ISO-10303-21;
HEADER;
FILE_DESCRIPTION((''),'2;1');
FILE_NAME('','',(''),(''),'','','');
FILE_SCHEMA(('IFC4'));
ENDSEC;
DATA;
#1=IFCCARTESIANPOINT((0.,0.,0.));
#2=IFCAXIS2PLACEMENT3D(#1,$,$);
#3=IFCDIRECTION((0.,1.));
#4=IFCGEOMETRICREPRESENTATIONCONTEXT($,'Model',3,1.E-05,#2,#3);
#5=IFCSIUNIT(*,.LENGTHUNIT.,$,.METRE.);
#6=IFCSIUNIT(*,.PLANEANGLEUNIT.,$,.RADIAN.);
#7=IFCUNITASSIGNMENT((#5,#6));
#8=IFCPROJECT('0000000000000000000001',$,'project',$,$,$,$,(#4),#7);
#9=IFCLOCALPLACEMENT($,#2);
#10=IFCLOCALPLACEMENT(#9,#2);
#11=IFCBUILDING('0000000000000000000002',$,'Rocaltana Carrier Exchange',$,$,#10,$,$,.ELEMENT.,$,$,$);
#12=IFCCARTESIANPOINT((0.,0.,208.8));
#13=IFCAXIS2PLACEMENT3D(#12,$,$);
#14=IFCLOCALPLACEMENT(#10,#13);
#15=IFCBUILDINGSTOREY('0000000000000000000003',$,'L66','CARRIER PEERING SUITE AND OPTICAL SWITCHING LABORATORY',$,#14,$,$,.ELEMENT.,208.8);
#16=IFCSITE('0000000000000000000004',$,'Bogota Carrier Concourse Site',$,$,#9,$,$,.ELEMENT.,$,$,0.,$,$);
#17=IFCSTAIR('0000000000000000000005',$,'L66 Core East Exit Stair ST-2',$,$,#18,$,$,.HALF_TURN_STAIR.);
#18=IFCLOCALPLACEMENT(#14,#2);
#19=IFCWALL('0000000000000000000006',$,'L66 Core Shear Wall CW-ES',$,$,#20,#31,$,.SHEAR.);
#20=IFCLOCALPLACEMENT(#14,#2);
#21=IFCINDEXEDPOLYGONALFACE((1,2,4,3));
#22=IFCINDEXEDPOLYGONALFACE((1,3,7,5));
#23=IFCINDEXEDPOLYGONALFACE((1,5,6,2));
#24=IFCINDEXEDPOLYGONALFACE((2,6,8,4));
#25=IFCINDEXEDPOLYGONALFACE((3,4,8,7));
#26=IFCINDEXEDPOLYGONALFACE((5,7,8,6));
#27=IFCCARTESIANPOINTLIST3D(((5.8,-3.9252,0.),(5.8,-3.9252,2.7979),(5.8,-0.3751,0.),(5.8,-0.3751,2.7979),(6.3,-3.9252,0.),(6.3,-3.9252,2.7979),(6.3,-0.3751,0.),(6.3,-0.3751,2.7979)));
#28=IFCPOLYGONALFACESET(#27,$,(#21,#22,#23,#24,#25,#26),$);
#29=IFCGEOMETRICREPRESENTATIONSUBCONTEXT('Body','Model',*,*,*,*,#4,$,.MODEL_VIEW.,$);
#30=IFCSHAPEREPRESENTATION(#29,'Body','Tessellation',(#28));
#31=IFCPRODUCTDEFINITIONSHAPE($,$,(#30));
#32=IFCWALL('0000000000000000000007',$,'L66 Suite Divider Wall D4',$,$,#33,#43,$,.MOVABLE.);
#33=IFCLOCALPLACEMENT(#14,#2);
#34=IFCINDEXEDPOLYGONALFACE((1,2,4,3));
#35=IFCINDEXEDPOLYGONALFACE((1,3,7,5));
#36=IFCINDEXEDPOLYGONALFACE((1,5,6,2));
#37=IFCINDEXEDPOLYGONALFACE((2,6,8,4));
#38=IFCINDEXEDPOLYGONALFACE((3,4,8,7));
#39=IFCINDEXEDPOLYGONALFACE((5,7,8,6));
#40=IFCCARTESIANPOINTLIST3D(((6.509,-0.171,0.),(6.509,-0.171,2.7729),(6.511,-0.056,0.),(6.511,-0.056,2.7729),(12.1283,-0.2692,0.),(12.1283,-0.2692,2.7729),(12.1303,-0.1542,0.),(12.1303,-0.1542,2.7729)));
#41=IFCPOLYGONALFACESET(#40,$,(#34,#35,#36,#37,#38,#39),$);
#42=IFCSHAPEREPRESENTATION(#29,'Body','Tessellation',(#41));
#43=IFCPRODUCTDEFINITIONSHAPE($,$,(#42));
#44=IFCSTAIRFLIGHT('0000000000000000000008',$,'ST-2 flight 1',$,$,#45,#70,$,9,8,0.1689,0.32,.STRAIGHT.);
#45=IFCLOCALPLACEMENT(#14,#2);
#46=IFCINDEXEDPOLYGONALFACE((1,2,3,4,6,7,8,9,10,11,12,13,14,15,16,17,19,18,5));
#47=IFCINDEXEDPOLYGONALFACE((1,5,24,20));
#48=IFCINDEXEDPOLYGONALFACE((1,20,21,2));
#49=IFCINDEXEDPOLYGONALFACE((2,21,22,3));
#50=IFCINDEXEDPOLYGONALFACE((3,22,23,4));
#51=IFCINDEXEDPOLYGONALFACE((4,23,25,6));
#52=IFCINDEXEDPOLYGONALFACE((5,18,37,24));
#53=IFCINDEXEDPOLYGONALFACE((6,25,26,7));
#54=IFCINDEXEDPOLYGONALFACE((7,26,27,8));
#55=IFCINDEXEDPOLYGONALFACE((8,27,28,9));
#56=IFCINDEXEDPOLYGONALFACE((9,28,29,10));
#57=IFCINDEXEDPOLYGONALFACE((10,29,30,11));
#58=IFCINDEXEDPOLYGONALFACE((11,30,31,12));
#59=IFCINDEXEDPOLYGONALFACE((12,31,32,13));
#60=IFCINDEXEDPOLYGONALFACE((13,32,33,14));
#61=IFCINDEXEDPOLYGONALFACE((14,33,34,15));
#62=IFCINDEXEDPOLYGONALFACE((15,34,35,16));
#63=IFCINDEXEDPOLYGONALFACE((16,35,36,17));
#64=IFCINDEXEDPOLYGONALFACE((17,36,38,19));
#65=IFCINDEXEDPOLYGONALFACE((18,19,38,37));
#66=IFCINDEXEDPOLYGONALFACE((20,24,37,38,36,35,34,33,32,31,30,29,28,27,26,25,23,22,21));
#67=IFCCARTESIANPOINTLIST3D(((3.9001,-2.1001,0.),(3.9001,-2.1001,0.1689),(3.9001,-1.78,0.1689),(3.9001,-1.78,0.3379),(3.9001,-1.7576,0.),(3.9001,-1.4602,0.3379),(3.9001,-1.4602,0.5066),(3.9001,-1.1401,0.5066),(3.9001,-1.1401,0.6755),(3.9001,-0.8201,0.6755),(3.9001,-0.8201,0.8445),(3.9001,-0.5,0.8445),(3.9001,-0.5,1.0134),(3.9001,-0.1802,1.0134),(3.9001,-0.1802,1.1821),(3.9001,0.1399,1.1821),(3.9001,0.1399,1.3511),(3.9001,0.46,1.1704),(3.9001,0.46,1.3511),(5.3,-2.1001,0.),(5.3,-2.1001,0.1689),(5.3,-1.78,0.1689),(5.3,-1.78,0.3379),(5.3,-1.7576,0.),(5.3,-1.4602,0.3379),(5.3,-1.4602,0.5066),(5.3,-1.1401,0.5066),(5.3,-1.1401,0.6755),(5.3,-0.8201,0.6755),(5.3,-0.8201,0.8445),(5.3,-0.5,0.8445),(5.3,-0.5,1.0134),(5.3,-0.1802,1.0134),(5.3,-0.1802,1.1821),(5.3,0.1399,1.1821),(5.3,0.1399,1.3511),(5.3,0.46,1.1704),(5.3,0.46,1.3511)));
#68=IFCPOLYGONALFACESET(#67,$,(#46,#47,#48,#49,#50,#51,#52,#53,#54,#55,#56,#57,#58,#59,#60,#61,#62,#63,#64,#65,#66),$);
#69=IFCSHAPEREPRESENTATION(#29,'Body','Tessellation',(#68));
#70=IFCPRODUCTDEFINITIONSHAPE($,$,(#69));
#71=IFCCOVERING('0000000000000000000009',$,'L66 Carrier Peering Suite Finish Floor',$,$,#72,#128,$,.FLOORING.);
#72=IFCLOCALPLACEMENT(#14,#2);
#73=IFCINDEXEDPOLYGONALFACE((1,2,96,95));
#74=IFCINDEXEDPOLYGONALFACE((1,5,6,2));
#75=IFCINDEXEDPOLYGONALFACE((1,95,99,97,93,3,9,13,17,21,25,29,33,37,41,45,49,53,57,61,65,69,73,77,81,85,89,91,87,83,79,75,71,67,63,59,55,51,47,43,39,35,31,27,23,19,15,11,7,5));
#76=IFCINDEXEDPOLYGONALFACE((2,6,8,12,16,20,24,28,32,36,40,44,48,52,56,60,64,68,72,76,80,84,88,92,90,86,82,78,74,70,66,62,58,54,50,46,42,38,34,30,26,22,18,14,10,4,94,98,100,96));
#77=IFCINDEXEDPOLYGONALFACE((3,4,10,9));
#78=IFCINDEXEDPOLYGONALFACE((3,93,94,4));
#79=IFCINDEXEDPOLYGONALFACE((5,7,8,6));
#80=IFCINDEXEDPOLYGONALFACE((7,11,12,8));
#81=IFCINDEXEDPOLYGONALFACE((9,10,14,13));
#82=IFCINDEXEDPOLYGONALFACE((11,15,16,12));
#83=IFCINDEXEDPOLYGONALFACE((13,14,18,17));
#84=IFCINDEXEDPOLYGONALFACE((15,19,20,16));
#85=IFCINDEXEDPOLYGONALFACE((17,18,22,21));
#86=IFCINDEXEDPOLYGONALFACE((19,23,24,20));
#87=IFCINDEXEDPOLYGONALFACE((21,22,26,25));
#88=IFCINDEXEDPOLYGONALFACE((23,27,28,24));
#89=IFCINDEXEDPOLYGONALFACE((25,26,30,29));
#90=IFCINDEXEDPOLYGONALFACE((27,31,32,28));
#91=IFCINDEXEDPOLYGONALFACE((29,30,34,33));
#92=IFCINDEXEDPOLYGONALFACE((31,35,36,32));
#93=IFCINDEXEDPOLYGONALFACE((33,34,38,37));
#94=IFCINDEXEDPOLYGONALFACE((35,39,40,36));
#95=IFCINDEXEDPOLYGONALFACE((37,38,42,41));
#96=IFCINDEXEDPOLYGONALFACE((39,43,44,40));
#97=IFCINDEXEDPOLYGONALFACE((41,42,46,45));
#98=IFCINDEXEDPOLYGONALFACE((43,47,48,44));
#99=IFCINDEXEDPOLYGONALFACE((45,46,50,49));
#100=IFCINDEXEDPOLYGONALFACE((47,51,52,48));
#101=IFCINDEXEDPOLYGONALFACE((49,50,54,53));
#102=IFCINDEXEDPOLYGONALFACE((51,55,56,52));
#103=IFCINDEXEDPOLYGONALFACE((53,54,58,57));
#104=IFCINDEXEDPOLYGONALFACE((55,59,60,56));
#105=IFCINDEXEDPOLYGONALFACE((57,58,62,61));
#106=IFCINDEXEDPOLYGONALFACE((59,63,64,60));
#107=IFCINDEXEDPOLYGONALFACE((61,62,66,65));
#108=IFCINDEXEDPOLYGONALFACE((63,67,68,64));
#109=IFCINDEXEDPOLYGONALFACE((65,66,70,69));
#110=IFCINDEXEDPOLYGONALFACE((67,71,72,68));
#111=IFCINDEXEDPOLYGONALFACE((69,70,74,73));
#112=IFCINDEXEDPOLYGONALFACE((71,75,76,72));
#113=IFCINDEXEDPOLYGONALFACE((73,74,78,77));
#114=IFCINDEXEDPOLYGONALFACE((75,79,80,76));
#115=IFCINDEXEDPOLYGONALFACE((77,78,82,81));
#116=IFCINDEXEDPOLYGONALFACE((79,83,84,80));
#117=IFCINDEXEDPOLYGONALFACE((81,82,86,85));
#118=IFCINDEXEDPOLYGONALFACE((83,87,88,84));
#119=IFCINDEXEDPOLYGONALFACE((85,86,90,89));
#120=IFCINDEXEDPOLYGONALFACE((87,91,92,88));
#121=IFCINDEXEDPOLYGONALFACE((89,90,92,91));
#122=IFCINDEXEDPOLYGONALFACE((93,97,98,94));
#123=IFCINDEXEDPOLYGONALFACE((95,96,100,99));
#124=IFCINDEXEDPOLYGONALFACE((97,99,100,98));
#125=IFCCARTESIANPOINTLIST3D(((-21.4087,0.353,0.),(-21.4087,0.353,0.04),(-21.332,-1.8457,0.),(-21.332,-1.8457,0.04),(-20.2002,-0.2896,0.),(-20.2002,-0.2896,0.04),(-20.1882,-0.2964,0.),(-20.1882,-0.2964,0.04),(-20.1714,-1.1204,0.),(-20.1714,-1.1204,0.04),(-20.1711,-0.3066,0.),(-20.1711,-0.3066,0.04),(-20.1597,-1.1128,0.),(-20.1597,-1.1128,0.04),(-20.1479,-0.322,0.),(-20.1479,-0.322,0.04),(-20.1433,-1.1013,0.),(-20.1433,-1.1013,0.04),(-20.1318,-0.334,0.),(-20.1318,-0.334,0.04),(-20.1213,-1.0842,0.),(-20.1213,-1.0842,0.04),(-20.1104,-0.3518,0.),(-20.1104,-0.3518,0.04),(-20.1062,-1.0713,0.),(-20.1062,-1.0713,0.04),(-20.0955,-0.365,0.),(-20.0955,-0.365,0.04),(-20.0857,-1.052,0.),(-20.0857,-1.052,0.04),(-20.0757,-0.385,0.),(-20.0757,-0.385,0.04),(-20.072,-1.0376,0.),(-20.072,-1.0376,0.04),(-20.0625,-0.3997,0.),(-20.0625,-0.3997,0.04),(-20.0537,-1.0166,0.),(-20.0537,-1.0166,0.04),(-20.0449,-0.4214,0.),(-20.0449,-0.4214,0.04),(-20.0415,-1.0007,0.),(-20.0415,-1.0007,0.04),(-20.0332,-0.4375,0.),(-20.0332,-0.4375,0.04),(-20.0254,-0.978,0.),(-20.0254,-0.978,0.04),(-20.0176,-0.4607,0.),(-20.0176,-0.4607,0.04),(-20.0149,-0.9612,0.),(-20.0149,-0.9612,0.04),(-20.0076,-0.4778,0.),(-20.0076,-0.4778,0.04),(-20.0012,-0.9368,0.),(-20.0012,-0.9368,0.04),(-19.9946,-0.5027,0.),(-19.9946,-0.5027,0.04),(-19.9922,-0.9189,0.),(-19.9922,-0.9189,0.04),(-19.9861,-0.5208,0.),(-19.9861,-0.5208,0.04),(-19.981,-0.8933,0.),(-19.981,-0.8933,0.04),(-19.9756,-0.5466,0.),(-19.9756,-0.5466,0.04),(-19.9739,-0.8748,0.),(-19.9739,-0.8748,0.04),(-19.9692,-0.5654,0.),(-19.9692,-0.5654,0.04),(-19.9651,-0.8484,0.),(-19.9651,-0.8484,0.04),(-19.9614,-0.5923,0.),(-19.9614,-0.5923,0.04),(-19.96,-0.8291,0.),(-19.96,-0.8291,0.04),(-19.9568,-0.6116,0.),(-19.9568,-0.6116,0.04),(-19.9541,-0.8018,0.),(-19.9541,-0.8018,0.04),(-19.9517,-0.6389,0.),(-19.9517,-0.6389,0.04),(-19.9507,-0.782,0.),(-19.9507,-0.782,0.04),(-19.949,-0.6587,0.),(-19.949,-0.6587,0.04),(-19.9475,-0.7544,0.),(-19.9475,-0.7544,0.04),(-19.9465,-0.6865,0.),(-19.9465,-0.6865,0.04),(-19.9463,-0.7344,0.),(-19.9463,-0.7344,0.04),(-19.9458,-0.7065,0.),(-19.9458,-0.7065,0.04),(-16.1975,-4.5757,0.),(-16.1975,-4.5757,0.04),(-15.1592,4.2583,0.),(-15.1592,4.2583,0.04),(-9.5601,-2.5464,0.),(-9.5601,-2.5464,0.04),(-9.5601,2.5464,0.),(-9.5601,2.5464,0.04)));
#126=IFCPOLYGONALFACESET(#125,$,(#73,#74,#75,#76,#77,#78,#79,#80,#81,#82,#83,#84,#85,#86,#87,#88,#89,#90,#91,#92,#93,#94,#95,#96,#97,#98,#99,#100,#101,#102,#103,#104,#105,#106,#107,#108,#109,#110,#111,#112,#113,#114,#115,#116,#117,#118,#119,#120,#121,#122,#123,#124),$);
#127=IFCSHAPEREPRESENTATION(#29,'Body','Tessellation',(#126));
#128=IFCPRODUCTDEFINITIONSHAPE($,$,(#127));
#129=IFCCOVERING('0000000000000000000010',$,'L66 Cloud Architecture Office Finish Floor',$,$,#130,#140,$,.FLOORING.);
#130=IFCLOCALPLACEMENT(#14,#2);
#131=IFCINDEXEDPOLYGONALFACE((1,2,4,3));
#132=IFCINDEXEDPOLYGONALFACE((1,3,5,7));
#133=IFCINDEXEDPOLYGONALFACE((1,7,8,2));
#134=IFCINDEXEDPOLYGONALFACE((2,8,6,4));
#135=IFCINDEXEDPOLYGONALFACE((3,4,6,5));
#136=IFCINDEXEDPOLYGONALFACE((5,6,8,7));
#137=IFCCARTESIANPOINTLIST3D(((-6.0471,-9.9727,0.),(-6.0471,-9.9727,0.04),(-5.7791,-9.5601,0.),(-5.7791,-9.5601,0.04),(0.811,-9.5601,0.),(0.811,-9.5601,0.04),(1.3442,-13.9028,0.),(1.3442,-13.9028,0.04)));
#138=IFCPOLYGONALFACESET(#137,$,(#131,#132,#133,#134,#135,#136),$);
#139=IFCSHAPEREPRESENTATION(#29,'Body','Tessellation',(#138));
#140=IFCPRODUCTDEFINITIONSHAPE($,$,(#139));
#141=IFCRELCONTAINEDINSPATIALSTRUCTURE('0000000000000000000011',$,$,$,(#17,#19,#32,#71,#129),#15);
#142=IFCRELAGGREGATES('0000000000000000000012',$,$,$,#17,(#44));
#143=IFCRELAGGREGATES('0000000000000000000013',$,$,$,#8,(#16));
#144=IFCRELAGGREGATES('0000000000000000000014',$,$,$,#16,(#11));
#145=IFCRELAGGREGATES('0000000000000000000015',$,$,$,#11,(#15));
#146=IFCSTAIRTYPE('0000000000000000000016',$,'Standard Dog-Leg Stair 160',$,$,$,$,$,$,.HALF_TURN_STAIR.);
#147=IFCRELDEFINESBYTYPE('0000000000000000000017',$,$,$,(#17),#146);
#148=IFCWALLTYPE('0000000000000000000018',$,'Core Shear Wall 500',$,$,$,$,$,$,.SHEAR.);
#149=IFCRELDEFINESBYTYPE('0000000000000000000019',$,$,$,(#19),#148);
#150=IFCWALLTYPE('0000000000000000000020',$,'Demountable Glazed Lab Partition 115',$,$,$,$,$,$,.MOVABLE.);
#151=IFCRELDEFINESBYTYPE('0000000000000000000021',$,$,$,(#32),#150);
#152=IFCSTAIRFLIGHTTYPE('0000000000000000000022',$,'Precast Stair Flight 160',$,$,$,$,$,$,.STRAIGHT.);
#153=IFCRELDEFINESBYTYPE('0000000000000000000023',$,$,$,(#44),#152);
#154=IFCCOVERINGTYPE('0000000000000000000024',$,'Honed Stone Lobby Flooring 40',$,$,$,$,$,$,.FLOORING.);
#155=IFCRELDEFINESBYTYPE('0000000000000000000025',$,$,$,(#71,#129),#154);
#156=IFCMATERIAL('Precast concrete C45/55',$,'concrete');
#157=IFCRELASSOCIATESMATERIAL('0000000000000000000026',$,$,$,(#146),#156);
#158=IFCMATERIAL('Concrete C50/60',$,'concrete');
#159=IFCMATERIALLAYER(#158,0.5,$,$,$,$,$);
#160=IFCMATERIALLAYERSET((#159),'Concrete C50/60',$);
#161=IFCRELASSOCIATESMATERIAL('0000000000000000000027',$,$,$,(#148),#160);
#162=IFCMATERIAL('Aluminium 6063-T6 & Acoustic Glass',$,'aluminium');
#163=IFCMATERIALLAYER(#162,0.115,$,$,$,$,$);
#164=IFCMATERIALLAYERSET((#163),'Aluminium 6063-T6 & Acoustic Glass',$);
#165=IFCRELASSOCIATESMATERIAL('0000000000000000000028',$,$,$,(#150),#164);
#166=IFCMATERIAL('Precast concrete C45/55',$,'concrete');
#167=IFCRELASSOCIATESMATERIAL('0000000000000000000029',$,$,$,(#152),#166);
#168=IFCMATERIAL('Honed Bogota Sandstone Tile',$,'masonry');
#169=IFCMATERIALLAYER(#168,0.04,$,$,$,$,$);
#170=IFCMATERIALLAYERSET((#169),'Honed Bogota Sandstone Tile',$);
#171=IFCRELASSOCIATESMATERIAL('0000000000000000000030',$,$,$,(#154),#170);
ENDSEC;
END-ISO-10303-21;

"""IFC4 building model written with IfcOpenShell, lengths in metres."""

from ifc_helpers import new_model, si_unit, direction, frame, frame_2d, origin, place, context, subcontext, project, spatial, polyline, rectangle, outline, extrude, material, layer, layer_set, type_object, element, aggregate, save


model = new_model("IFC4")

# Units and contexts
model_context = context("Model", 3, precision=1e-05, world=origin(), true_north=direction((0.0, 1.0)))
body_context = subcontext(model_context, "Body", "Model", "MODEL_VIEW")
ifc_project = project(units=[si_unit("LENGTHUNIT", "METRE"), si_unit("PLANEANGLEUNIT", "RADIAN")], contexts=[model_context])

# Site, building, storey
site_placement = place(None, origin())
site = spatial("IfcSite", under=ifc_project, at=site_placement, Name="Bogota Carrier Concourse Site", CompositionType="ELEMENT", RefElevation=0.0)
building_placement = place(site_placement, origin())
building = spatial("IfcBuilding", under=site, at=building_placement, Name="Rocaltana Carrier Exchange", CompositionType="ELEMENT")
storey_placement = place(building_placement, frame((0.0, 0.0, 208.8)))
storey = spatial("IfcBuildingStorey", under=building, at=storey_placement, Name="L66", Description="CARRIER PEERING SUITE AND OPTICAL SWITCHING LABORATORY", CompositionType="ELEMENT", Elevation=208.8)

# Stair
ifc_material_1 = material(Name="Precast concrete C45/55", Category="concrete")
stair_type = type_object("IfcStairType", Name="Standard Dog-Leg Stair 160", PredefinedType="HALF_TURN_STAIR", material=ifc_material_1)
stair_1_placement = place(storey_placement, origin())
stair_1 = element("IfcStair", 1, at=stair_1_placement, inside=storey, type_object=stair_type, Name="L66 Core East Exit Stair ST-2", PredefinedType="HALF_TURN_STAIR")

# Walls
ifc_material_2 = material(Name="Concrete C50/60", Category="concrete")
ifc_layer_1 = layer(ifc_material_2, 0.5)
ifc_layer_set_1 = layer_set([ifc_layer_1], Name="Concrete C50/60")
wall_type_1 = type_object("IfcWallType", Name="Core Shear Wall 500", PredefinedType="SHEAR", material=ifc_layer_set_1)
wall_1_placement = place(storey_placement, frame((6.05, -3.925, 0.0), z_axis=(0.0, 0.0, 1.0), x_axis=(0.0, 1.0, 0.0)))
element("IfcWall", 2, at=wall_1_placement, inside=storey, type_object=wall_type_1, Name="L66 Core Shear Wall CW-ES", PredefinedType="SHEAR", context=body_context, shape_type="SweptSolid", body=[
    extrude(rectangle(XDim=3.55, YDim=0.5, at=frame_2d((1.7749, 0.0))), origin(), (0.0, 0.0, 1.0), 2.7979),
])
ifc_material_3 = material(Name="Aluminium 6063-T6 & Acoustic Glass", Category="aluminium")
ifc_layer_2 = layer(ifc_material_3, 0.115)
ifc_layer_set_2 = layer_set([ifc_layer_2], Name="Aluminium 6063-T6 & Acoustic Glass")
wall_type_2 = type_object("IfcWallType", Name="Demountable Glazed Lab Partition 115", PredefinedType="MOVABLE", material=ifc_layer_set_2)
wall_2_placement = place(storey_placement, frame((6.51, -0.1135, 0.0), z_axis=(0.0, 0.0, 1.0), x_axis=(0.999848, -0.017463, 0.0)))
element("IfcWall", 3, at=wall_2_placement, inside=storey, type_object=wall_type_2, Name="L66 Suite Divider Wall D4", PredefinedType="MOVABLE", context=body_context, shape_type="SweptSolid", body=[
    extrude(rectangle(XDim=5.6201, YDim=0.115, at=frame_2d((2.8101, 0.0))), origin(), (0.0, 0.0, 1.0), 2.7729),
])

# Stair flight
ifc_material_4 = material(Name="Precast concrete C45/55", Category="concrete")
stair_flight_type = type_object("IfcStairFlightType", Name="Precast Stair Flight 160", PredefinedType="STRAIGHT", material=ifc_material_4)
stair_flight_placement = place(storey_placement, frame((4.6001, -2.1001, 0.0), z_axis=(0.0, 0.0, 1.0), x_axis=(0.0, 1.0, 0.0)))
stair_flight = element("IfcStairFlight", 4, at=stair_flight_placement, type_object=stair_flight_type, Name="ST-2 flight 1", NumberOfRisers=9, NumberOfTreads=8, PredefinedType="STRAIGHT", RiserHeight=0.1689, TreadLength=0.32, context=body_context, shape_type="SweptSolid", body=[
    extrude(outline(polyline([(0.0, 0.0), (0.0, 0.1689), (0.3201, 0.1689), (0.3201, 0.3379), (0.6399, 0.3379), (0.6399, 0.5066), (0.96, 0.5066), (0.96, 0.6755), (1.28, 0.6755), (1.28, 0.8445), (1.6001, 0.8445), (1.6001, 1.0134), (1.9199, 1.0134), (1.9199, 1.1821), (2.24, 1.1821), (2.24, 1.3511), (2.5601, 1.3511), (2.5601, 1.52), (2.5601, 1.1704), (0.3425, 0.0), (0.0, 0.0)])), frame((0.0, 0.7, 0.0), z_axis=(0.0, -1.0, 0.0), x_axis=(1.0, 0.0, 0.0)), (0.0, 0.0, 1.0), 1.3999),
])
aggregate(stair_1, [stair_flight])

# Coverings
ifc_material_5 = material(Name="Honed Bogota Sandstone Tile", Category="masonry")
ifc_layer_3 = layer(ifc_material_5, 0.04)
ifc_layer_set_3 = layer_set([ifc_layer_3], Name="Honed Bogota Sandstone Tile")
covering_type_1 = type_object("IfcCoveringType", Name="Honed Stone Lobby Flooring 40", PredefinedType="FLOORING", material=ifc_layer_set_3)
covering_1_placement = place(storey_placement, origin())
element("IfcCovering", 5, at=covering_1_placement, inside=storey, type_object=covering_type_1, Name="L66 Carrier Peering Suite Finish Floor", PredefinedType="FLOORING", context=body_context, shape_type="SweptSolid", body=[
    extrude(outline(polyline([(-20.1714, -1.1204), (-20.1597, -1.1128), (-20.1433, -1.1013), (-20.1213, -1.0842), (-20.1062, -1.0713), (-20.0857, -1.052), (-20.072, -1.0376), (-20.0537, -1.0166), (-20.0415, -1.0007), (-20.0254, -0.978), (-20.0149, -0.9612), (-20.0012, -0.9368), (-19.9922, -0.9189), (-19.981, -0.8933), (-19.9739, -0.8748), (-19.9651, -0.8484), (-19.96, -0.8291), (-19.9541, -0.8018), (-19.9507, -0.782), (-19.9475, -0.7544), (-19.9463, -0.7344), (-19.9458, -0.7065), (-19.9465, -0.6865), (-19.949, -0.6587), (-19.9517, -0.6389), (-19.9568, -0.6116), (-19.9614, -0.5923), (-19.9692, -0.5654), (-19.9756, -0.5466), (-19.9861, -0.5208), (-19.9946, -0.5027), (-20.0076, -0.4778), (-20.0176, -0.4607), (-20.0332, -0.4375), (-20.0449, -0.4214), (-20.0625, -0.3997), (-20.0757, -0.385), (-20.0955, -0.365), (-20.1104, -0.3518), (-20.1318, -0.334), (-20.1479, -0.322), (-20.1711, -0.3066), (-20.1882, -0.2964), (-20.2002, -0.2896), (-21.4087, 0.353), (-15.1592, 4.2583), (-9.5601, 2.5464), (-9.5601, -2.5464), (-16.1975, -4.5757), (-21.332, -1.8457), (-20.1714, -1.1204)])), origin(), (0.0, 0.0, 1.0), 0.04),
])
covering_2_placement = place(storey_placement, origin())
element("IfcCovering", 6, at=covering_2_placement, inside=storey, type_object=covering_type_1, Name="L66 Cloud Architecture Office Finish Floor", PredefinedType="FLOORING", context=body_context, shape_type="SweptSolid", body=[
    extrude(outline(polyline([(-6.0471, -9.9727), (-5.7791, -9.5601), (0.811, -9.5601), (1.3442, -13.9028), (-6.0471, -9.9727)])), origin(), (0.0, 0.0, 1.0), 0.04),
])

save(model, "model.ifc")
